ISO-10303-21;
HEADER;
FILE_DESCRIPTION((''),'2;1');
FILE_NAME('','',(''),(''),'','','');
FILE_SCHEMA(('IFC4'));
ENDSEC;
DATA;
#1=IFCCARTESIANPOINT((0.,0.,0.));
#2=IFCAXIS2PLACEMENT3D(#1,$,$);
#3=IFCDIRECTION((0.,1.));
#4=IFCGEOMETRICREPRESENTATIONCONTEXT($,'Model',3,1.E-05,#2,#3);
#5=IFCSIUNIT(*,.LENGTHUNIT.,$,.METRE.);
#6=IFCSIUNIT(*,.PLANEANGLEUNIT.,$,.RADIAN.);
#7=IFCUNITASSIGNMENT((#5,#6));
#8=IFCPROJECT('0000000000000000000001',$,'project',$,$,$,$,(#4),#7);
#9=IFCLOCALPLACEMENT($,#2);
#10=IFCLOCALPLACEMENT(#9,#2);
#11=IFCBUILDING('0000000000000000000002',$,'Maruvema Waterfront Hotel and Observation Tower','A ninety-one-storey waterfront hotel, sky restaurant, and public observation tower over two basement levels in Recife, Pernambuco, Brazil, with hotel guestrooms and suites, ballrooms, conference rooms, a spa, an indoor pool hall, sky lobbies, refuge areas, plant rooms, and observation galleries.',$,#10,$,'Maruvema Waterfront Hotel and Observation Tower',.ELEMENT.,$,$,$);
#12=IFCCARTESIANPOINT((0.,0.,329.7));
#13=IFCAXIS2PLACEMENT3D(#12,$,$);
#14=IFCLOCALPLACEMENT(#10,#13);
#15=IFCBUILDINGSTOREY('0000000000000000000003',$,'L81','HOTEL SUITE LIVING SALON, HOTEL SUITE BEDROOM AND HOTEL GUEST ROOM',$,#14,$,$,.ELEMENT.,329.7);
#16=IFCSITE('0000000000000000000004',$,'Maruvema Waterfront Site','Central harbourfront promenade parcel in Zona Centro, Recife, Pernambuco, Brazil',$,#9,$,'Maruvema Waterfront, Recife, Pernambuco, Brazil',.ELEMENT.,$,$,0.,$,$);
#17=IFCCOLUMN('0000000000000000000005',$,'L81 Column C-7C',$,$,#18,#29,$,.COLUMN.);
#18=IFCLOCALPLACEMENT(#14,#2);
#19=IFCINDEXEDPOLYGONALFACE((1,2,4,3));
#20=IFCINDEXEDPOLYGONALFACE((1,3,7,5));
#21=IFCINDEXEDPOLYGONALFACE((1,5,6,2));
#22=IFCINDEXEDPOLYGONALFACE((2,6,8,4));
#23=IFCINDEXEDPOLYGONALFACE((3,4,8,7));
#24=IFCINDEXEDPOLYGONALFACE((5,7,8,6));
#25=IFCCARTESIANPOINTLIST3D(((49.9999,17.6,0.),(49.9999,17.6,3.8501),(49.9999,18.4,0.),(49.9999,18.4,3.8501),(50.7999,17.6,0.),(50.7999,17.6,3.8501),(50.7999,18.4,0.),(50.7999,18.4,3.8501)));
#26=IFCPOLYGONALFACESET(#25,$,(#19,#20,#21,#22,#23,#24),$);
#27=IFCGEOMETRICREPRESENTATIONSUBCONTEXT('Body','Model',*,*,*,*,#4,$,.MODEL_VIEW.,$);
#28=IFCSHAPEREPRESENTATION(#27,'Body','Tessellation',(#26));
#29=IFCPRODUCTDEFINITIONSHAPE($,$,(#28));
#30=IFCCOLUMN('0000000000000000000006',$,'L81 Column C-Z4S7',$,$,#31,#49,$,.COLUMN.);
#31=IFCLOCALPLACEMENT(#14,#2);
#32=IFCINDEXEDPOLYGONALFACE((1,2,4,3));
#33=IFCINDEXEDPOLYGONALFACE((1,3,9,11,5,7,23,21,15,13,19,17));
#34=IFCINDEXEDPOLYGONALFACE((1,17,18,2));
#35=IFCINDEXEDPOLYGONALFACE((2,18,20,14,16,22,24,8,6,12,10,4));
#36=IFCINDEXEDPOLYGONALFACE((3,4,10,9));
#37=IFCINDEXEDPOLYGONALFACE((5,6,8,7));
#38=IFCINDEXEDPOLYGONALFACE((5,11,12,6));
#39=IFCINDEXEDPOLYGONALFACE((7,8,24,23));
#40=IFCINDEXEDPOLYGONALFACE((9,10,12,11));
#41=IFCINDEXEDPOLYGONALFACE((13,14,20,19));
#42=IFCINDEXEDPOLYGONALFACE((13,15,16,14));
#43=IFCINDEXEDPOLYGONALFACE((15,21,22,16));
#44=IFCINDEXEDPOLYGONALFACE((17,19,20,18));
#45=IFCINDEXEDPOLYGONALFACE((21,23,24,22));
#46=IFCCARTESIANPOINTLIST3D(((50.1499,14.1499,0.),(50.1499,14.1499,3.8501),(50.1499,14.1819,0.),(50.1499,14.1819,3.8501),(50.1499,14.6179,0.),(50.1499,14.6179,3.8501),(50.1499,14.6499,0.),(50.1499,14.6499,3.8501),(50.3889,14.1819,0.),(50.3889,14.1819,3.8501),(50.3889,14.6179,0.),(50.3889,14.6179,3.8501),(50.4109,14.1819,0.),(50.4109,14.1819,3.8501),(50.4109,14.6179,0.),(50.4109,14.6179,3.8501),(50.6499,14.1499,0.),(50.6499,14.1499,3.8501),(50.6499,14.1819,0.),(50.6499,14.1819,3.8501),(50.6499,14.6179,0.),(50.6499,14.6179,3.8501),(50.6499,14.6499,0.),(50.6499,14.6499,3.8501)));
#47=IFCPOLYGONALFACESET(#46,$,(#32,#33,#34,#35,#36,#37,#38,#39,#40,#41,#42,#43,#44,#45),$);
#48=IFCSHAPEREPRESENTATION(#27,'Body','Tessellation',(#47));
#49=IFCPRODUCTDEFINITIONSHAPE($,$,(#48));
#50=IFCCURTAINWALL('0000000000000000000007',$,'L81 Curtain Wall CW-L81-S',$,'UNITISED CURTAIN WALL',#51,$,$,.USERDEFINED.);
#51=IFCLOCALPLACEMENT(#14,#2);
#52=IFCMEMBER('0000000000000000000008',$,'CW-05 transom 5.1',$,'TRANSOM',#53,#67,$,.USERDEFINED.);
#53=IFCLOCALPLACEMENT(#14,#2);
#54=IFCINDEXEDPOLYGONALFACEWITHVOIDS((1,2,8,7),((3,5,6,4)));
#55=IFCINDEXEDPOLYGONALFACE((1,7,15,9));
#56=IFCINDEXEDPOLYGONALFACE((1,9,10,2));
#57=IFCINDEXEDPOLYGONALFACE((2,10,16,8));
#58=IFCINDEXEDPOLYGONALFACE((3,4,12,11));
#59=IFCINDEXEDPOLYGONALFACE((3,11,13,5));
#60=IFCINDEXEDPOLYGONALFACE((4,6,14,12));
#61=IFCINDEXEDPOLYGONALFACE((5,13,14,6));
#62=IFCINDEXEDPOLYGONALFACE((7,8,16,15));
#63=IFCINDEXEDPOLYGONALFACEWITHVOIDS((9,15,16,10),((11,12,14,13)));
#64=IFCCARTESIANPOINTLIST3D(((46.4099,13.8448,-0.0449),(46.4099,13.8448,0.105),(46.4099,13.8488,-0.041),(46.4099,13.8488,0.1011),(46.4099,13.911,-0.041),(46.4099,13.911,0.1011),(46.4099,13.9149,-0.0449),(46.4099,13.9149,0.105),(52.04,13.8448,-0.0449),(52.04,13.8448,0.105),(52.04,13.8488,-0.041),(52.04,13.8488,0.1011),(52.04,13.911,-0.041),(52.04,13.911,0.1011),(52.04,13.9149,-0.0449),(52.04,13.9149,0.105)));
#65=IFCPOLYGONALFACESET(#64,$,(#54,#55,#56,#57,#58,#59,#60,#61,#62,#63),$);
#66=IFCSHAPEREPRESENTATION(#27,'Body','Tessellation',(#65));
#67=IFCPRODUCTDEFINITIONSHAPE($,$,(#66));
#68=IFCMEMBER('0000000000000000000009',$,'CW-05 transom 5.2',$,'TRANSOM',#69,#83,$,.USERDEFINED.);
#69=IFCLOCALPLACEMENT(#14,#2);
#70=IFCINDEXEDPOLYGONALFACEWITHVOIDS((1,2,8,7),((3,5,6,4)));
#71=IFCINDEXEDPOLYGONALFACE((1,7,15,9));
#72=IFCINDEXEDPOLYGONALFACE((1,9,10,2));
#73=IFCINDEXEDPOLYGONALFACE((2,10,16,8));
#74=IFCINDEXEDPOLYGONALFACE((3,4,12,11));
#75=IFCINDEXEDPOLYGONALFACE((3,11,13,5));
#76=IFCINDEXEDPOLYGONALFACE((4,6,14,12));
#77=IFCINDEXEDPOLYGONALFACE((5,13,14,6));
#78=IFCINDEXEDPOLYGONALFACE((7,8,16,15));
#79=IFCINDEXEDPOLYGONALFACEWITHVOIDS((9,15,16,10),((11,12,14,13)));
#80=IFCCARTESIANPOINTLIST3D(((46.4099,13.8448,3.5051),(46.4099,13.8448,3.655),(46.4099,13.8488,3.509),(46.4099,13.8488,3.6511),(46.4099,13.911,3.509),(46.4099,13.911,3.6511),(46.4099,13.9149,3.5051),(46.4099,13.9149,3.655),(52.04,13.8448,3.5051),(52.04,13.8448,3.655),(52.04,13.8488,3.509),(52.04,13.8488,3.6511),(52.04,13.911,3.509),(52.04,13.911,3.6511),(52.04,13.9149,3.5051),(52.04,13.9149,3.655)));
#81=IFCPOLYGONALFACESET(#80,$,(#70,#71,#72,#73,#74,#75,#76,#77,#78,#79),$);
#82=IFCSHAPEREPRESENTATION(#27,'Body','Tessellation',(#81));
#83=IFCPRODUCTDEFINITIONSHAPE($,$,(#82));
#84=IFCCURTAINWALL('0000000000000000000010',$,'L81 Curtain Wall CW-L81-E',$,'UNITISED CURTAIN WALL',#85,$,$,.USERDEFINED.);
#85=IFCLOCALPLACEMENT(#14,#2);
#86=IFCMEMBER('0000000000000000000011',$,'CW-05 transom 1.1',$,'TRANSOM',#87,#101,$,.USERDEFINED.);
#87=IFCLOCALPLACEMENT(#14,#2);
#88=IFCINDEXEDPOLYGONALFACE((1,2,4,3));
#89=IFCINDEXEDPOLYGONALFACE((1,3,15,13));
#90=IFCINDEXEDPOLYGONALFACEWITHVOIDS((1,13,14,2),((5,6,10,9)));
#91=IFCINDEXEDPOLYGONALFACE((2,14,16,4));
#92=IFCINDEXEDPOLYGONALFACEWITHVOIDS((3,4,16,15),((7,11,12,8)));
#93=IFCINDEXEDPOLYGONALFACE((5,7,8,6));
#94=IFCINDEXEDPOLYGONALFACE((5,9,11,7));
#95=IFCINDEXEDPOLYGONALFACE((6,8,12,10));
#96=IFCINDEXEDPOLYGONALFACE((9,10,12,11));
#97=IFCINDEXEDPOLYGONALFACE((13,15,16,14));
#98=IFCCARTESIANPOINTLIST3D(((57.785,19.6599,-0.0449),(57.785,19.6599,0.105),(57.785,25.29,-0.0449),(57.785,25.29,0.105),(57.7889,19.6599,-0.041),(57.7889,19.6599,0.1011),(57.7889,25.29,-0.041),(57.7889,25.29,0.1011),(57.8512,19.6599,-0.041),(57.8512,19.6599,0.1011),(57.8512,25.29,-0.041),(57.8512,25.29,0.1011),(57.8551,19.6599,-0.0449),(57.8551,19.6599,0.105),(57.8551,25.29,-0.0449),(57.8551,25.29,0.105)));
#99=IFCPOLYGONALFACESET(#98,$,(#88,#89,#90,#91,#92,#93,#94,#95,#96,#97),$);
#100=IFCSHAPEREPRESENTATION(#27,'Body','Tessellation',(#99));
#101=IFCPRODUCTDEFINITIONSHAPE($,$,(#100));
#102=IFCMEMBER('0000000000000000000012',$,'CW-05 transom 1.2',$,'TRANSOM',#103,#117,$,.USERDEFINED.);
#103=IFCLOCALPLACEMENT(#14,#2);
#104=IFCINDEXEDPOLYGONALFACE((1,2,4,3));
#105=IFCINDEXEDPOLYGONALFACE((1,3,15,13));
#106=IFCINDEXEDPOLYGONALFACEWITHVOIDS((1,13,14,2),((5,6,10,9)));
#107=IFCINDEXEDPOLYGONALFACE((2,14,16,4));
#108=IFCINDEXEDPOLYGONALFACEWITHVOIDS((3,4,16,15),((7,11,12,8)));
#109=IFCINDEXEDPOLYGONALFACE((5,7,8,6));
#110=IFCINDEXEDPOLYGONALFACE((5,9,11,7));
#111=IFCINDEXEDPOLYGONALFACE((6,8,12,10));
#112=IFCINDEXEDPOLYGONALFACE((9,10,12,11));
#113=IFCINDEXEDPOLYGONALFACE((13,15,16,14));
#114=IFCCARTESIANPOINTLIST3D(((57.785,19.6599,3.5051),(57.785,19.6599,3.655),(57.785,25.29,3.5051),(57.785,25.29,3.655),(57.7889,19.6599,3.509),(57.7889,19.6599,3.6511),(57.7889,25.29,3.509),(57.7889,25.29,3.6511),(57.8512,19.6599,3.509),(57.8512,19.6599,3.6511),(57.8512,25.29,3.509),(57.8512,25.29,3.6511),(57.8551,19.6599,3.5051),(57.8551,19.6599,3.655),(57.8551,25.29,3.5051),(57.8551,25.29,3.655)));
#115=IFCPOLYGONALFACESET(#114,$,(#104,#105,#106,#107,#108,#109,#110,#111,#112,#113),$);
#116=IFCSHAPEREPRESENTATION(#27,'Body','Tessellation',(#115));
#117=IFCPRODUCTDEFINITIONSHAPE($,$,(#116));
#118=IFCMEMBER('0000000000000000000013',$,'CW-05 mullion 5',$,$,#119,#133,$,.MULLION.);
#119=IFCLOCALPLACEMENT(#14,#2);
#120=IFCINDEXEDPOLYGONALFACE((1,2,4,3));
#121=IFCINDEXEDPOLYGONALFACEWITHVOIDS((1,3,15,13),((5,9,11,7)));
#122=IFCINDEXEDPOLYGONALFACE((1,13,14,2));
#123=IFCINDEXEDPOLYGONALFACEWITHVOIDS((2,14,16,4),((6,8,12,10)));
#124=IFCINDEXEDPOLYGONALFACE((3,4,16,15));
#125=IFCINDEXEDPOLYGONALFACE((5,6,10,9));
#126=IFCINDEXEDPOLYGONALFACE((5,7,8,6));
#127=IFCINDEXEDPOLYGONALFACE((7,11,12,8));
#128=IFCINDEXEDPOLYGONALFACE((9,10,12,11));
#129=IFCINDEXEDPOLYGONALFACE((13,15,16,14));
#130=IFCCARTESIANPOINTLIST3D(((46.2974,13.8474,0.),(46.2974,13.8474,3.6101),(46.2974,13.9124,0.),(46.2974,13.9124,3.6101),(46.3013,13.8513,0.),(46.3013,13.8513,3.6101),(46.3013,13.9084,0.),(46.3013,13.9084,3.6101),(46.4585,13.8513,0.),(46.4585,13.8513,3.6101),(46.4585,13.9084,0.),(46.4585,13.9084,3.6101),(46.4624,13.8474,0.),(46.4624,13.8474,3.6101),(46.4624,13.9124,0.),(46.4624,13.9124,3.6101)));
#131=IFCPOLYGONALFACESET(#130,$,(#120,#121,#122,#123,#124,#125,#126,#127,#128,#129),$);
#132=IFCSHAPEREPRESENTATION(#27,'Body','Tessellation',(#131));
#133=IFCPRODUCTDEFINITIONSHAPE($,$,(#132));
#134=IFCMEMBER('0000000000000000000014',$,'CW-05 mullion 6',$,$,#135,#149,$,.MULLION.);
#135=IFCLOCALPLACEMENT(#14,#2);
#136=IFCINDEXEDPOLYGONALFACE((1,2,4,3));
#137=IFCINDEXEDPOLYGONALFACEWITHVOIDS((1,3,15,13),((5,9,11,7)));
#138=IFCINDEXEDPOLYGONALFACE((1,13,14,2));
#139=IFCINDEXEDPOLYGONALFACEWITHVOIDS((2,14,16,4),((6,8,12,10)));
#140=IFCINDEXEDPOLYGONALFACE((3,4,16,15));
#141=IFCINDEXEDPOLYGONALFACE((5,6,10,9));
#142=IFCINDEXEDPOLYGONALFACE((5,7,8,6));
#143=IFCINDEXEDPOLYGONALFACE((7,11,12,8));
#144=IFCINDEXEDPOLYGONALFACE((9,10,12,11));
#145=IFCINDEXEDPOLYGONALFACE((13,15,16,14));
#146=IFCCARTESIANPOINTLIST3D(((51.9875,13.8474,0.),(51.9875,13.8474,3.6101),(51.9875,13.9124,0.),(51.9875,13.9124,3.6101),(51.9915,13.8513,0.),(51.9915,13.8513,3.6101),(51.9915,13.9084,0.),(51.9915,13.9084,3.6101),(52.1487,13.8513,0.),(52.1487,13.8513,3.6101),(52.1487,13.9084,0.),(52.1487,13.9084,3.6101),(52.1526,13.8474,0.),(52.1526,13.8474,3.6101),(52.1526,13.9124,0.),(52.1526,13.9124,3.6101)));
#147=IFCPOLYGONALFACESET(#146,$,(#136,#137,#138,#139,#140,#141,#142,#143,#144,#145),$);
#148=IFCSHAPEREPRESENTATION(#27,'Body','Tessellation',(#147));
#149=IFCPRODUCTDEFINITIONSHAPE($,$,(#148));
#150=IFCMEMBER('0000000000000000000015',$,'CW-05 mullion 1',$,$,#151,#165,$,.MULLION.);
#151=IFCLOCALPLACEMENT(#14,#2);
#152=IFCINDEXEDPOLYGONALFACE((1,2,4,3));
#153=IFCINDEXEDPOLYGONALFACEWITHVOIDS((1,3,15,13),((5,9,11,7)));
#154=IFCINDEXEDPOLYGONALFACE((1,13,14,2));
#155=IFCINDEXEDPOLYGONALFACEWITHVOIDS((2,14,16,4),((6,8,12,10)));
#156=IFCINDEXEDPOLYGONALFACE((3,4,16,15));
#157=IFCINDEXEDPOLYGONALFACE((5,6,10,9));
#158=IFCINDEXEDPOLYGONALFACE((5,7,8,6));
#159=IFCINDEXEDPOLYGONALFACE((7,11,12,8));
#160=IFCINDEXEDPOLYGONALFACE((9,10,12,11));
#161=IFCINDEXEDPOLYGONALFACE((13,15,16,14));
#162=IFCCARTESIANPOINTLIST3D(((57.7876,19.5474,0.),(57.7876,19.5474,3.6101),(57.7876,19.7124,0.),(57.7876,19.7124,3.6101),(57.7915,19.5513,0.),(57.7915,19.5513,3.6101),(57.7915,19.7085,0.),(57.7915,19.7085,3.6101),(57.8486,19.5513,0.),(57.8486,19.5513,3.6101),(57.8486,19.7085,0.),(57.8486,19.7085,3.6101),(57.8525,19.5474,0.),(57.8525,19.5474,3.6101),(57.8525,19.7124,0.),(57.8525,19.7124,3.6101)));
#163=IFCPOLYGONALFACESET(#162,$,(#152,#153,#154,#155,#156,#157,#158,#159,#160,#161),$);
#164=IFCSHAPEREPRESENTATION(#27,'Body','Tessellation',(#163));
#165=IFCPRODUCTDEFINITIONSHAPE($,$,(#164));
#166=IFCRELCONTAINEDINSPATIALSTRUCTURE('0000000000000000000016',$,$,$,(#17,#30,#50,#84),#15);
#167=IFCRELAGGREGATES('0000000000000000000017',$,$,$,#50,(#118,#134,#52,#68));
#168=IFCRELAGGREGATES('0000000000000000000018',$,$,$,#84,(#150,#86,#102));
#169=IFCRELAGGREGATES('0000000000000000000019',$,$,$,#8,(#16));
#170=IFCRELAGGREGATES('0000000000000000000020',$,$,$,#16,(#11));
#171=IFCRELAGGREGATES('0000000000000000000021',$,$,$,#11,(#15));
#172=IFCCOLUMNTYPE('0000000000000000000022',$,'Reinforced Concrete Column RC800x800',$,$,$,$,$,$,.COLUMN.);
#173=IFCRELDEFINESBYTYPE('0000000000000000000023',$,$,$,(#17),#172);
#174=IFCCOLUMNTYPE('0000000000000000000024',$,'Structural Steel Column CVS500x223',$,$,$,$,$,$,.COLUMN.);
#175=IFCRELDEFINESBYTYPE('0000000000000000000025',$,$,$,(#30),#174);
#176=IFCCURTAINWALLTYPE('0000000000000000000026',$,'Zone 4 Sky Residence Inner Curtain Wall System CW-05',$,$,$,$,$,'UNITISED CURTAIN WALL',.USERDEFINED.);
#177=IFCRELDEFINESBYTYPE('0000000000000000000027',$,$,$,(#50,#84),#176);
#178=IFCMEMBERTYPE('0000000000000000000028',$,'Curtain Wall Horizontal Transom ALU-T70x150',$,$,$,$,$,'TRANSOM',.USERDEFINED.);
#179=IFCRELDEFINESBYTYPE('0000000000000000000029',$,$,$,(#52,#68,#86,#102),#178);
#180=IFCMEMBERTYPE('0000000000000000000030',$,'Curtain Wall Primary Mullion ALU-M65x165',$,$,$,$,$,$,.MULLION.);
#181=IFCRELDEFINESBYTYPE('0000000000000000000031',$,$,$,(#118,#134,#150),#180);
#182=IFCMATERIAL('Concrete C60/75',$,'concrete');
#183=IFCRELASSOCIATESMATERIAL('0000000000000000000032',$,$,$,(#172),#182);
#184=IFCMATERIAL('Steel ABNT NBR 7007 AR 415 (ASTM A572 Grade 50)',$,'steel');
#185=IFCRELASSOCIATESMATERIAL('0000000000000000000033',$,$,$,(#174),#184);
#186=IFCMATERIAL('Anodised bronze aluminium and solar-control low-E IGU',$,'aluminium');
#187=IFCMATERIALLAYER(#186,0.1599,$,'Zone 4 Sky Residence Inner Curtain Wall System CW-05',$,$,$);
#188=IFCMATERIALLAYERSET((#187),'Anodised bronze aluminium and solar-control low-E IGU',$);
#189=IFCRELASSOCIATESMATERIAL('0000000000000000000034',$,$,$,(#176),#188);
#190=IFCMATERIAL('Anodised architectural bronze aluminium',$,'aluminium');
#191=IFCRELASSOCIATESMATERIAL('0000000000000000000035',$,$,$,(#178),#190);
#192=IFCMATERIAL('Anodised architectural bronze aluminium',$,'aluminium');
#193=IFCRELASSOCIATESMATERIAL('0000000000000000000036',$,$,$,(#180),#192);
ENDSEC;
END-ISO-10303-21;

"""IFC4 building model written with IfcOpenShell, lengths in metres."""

from ifc_helpers import new_model, si_unit, direction, frame, origin, origin_2d, place, context, subcontext, project, spatial, rectangle, hollow_rectangle, i_section, extrude, material, layer, layer_set, material_profile, profile_set, type_object, element, aggregate, save


model = new_model("IFC4")

# Units and contexts
model_context = context("Model", 3, precision=1e-05, world=origin(), true_north=direction((0.0, 1.0)))
body_context = subcontext(model_context, "Body", "Model", "MODEL_VIEW")
ifc_project = project(units=[si_unit("LENGTHUNIT", "METRE"), si_unit("PLANEANGLEUNIT", "RADIAN")], contexts=[model_context])

# Site, building, storey
site_placement = place(None, origin())
site = spatial("IfcSite", under=ifc_project, at=site_placement, Name="Maruvema Waterfront Site", Description="Central harbourfront promenade parcel in Zona Centro, Recife, Pernambuco, Brazil", LongName="Maruvema Waterfront, Recife, Pernambuco, Brazil", CompositionType="ELEMENT", RefElevation=0.0)
building_placement = place(site_placement, origin())
building = spatial("IfcBuilding", under=site, at=building_placement, Name="Maruvema Waterfront Hotel and Observation Tower", Description="A ninety-one-storey waterfront hotel, sky restaurant, and public observation tower over two basement levels in Recife, Pernambuco, Brazil, with hotel guestrooms and suites, ballrooms, conference rooms, a spa, an indoor pool hall, sky lobbies, refuge areas, plant rooms, and observation galleries.", LongName="Maruvema Waterfront Hotel and Observation Tower", CompositionType="ELEMENT")
storey_placement = place(building_placement, frame((0.0, 0.0, 329.7)))
storey = spatial("IfcBuildingStorey", under=building, at=storey_placement, Name="L81", Description="HOTEL SUITE LIVING SALON, HOTEL SUITE BEDROOM AND HOTEL GUEST ROOM", CompositionType="ELEMENT", Elevation=329.7)

# Columns
ifc_material_1 = material(Name="Concrete C60/75", Category="concrete")
ifc_material_profile_1 = material_profile(ifc_material_1, rectangle(XDim=0.8, YDim=0.8, at=origin_2d()), Name="RC800x800")
ifc_profile_set_1 = profile_set([ifc_material_profile_1], Name="Concrete C60/75")
column_type_1 = type_object("IfcColumnType", Name="Reinforced Concrete Column RC800x800", PredefinedType="COLUMN", material=ifc_profile_set_1)
column_1_placement = place(storey_placement, frame((50.3999, 18.0, 0.0), z_axis=(0.0, 0.0, 1.0), x_axis=(1.0, 0.0, 0.0)))
element("IfcColumn", 1, at=column_1_placement, inside=storey, type_object=column_type_1, Name="L81 Column C-7C", PredefinedType="COLUMN", context=body_context, shape_type="SweptSolid", body=[
    extrude(rectangle(XDim=0.8, YDim=0.8, at=origin_2d()), origin(), (0.0, 0.0, 1.0), 3.8501),
])
ifc_material_2 = material(Name="Steel ABNT NBR 7007 AR 415 (ASTM A572 Grade 50)", Category="steel")
ifc_material_profile_2 = material_profile(ifc_material_2, i_section(OverallWidth=0.5, OverallDepth=0.5, WebThickness=0.022, FlangeThickness=0.032, at=origin_2d()), Name="CVS500x223")
ifc_profile_set_2 = profile_set([ifc_material_profile_2], Name="Steel ABNT NBR 7007 AR 415 (ASTM A572 Grade 50)")
column_type_2 = type_object("IfcColumnType", Name="Structural Steel Column CVS500x223", PredefinedType="COLUMN", material=ifc_profile_set_2)
column_2_placement = place(storey_placement, frame((50.3999, 14.3999, 0.0), z_axis=(0.0, 0.0, 1.0), x_axis=(1.0, 0.0, 0.0)))
element("IfcColumn", 2, at=column_2_placement, inside=storey, type_object=column_type_2, Name="L81 Column C-Z4S7", PredefinedType="COLUMN", context=body_context, shape_type="SweptSolid", body=[
    extrude(i_section(OverallWidth=0.5, OverallDepth=0.5, WebThickness=0.022, FlangeThickness=0.032, at=origin_2d()), origin(), (0.0, 0.0, 1.0), 3.8501),
])

# Curtain walls, members
ifc_material_3 = material(Name="Anodised bronze aluminium and solar-control low-E IGU", Category="aluminium")
ifc_layer_1 = layer(ifc_material_3, 0.1599, Name="Zone 4 Sky Residence Inner Curtain Wall System CW-05")
ifc_layer_set_1 = layer_set([ifc_layer_1], Name="Anodised bronze aluminium and solar-control low-E IGU")
curtain_wall_type = type_object("IfcCurtainWallType", Name="Zone 4 Sky Residence Inner Curtain Wall System CW-05", ElementType="UNITISED CURTAIN WALL", PredefinedType="USERDEFINED", material=ifc_layer_set_1)
curtain_wall_1_placement = place(storey_placement, origin())
curtain_wall_1 = element("IfcCurtainWall", 3, at=curtain_wall_1_placement, inside=storey, type_object=curtain_wall_type, Name="L81 Curtain Wall CW-L81-S", ObjectType="UNITISED CURTAIN WALL", PredefinedType="USERDEFINED")
ifc_material_4 = material(Name="Anodised architectural bronze aluminium", Category="aluminium")
ifc_material_profile_3 = material_profile(ifc_material_4, hollow_rectangle(XDim=0.0701, YDim=0.1499, WallThickness=0.0039, at=origin_2d()), Name="ALU-T70x150")
ifc_profile_set_3 = profile_set([ifc_material_profile_3], Name="Anodised architectural bronze aluminium")
member_type_1 = type_object("IfcMemberType", Name="Curtain Wall Horizontal Transom ALU-T70x150", ElementType="TRANSOM", PredefinedType="USERDEFINED", material=ifc_profile_set_3)
member_1_placement = place(storey_placement, frame((46.4099, 13.8799, 0.03), z_axis=(1.0, 0.0, 0.0), x_axis=(0.0, 1.0, 0.0)))
member_1 = element("IfcMember", 4, at=member_1_placement, type_object=member_type_1, Name="CW-05 transom 5.1", ObjectType="TRANSOM", PredefinedType="USERDEFINED", context=body_context, shape_type="SweptSolid", body=[
    extrude(hollow_rectangle(XDim=0.0701, YDim=0.1499, WallThickness=0.0039, at=origin_2d()), origin(), (0.0, 0.0, 1.0), 5.6301),
])
member_2_placement = place(storey_placement, frame((46.4099, 13.8799, 3.5801), z_axis=(1.0, 0.0, 0.0), x_axis=(0.0, 1.0, 0.0)))
member_2 = element("IfcMember", 5, at=member_2_placement, type_object=member_type_1, Name="CW-05 transom 5.2", ObjectType="TRANSOM", PredefinedType="USERDEFINED", context=body_context, shape_type="SweptSolid", body=[
    extrude(hollow_rectangle(XDim=0.0701, YDim=0.1499, WallThickness=0.0039, at=origin_2d()), origin(), (0.0, 0.0, 1.0), 5.6301),
])
curtain_wall_2_placement = place(storey_placement, origin())
curtain_wall_2 = element("IfcCurtainWall", 6, at=curtain_wall_2_placement, inside=storey, type_object=curtain_wall_type, Name="L81 Curtain Wall CW-L81-E", ObjectType="UNITISED CURTAIN WALL", PredefinedType="USERDEFINED")
member_3_placement = place(storey_placement, frame((57.8201, 19.6599, 0.03), z_axis=(0.0, 1.0, 0.0), x_axis=(-1.0, 0.0, 0.0)))
member_3 = element("IfcMember", 7, at=member_3_placement, type_object=member_type_1, Name="CW-05 transom 1.1", ObjectType="TRANSOM", PredefinedType="USERDEFINED", context=body_context, shape_type="SweptSolid", body=[
    extrude(hollow_rectangle(XDim=0.0701, YDim=0.1499, WallThickness=0.0039, at=origin_2d()), origin(), (0.0, 0.0, 1.0), 5.6301),
])
member_4_placement = place(storey_placement, frame((57.8201, 19.6599, 3.5801), z_axis=(0.0, 1.0, 0.0), x_axis=(-1.0, 0.0, 0.0)))
member_4 = element("IfcMember", 8, at=member_4_placement, type_object=member_type_1, Name="CW-05 transom 1.2", ObjectType="TRANSOM", PredefinedType="USERDEFINED", context=body_context, shape_type="SweptSolid", body=[
    extrude(hollow_rectangle(XDim=0.0701, YDim=0.1499, WallThickness=0.0039, at=origin_2d()), origin(), (0.0, 0.0, 1.0), 5.6301),
])

# Members
ifc_material_5 = material(Name="Anodised architectural bronze aluminium", Category="aluminium")
ifc_material_profile_4 = material_profile(ifc_material_5, hollow_rectangle(XDim=0.0649, YDim=0.165, WallThickness=0.0039, at=origin_2d()), Name="ALU-M65x165")
ifc_profile_set_4 = profile_set([ifc_material_profile_4], Name="Anodised architectural bronze aluminium")
member_type_2 = type_object("IfcMemberType", Name="Curtain Wall Primary Mullion ALU-M65x165", PredefinedType="MULLION", material=ifc_profile_set_4)
member_5_placement = place(storey_placement, frame((46.3799, 13.8799, 0.0), z_axis=(0.0, 0.0, 1.0), x_axis=(0.0, 1.0, 0.0)))
member_5 = element("IfcMember", 9, at=member_5_placement, type_object=member_type_2, Name="CW-05 mullion 5", PredefinedType="MULLION", context=body_context, shape_type="SweptSolid", body=[
    extrude(hollow_rectangle(XDim=0.0649, YDim=0.165, WallThickness=0.0039, at=origin_2d()), origin(), (0.0, 0.0, 1.0), 3.6101),
])
member_6_placement = place(storey_placement, frame((52.0701, 13.8799, 0.0), z_axis=(0.0, 0.0, 1.0), x_axis=(0.0, 1.0, 0.0)))
member_6 = element("IfcMember", 10, at=member_6_placement, type_object=member_type_2, Name="CW-05 mullion 6", PredefinedType="MULLION", context=body_context, shape_type="SweptSolid", body=[
    extrude(hollow_rectangle(XDim=0.0649, YDim=0.165, WallThickness=0.0039, at=origin_2d()), origin(), (0.0, 0.0, 1.0), 3.6101),
])
member_7_placement = place(storey_placement, frame((57.8201, 19.6299, 0.0), z_axis=(0.0, 0.0, 1.0), x_axis=(-1.0, 0.0, 0.0)))
member_7 = element("IfcMember", 11, at=member_7_placement, type_object=member_type_2, Name="CW-05 mullion 1", PredefinedType="MULLION", context=body_context, shape_type="SweptSolid", body=[
    extrude(hollow_rectangle(XDim=0.0649, YDim=0.165, WallThickness=0.0039, at=origin_2d()), origin(), (0.0, 0.0, 1.0), 3.6101),
])

aggregate(curtain_wall_1, [member_5, member_6, member_1, member_2])
aggregate(curtain_wall_2, [member_7, member_3, member_4])

save(model, "model.ifc")
